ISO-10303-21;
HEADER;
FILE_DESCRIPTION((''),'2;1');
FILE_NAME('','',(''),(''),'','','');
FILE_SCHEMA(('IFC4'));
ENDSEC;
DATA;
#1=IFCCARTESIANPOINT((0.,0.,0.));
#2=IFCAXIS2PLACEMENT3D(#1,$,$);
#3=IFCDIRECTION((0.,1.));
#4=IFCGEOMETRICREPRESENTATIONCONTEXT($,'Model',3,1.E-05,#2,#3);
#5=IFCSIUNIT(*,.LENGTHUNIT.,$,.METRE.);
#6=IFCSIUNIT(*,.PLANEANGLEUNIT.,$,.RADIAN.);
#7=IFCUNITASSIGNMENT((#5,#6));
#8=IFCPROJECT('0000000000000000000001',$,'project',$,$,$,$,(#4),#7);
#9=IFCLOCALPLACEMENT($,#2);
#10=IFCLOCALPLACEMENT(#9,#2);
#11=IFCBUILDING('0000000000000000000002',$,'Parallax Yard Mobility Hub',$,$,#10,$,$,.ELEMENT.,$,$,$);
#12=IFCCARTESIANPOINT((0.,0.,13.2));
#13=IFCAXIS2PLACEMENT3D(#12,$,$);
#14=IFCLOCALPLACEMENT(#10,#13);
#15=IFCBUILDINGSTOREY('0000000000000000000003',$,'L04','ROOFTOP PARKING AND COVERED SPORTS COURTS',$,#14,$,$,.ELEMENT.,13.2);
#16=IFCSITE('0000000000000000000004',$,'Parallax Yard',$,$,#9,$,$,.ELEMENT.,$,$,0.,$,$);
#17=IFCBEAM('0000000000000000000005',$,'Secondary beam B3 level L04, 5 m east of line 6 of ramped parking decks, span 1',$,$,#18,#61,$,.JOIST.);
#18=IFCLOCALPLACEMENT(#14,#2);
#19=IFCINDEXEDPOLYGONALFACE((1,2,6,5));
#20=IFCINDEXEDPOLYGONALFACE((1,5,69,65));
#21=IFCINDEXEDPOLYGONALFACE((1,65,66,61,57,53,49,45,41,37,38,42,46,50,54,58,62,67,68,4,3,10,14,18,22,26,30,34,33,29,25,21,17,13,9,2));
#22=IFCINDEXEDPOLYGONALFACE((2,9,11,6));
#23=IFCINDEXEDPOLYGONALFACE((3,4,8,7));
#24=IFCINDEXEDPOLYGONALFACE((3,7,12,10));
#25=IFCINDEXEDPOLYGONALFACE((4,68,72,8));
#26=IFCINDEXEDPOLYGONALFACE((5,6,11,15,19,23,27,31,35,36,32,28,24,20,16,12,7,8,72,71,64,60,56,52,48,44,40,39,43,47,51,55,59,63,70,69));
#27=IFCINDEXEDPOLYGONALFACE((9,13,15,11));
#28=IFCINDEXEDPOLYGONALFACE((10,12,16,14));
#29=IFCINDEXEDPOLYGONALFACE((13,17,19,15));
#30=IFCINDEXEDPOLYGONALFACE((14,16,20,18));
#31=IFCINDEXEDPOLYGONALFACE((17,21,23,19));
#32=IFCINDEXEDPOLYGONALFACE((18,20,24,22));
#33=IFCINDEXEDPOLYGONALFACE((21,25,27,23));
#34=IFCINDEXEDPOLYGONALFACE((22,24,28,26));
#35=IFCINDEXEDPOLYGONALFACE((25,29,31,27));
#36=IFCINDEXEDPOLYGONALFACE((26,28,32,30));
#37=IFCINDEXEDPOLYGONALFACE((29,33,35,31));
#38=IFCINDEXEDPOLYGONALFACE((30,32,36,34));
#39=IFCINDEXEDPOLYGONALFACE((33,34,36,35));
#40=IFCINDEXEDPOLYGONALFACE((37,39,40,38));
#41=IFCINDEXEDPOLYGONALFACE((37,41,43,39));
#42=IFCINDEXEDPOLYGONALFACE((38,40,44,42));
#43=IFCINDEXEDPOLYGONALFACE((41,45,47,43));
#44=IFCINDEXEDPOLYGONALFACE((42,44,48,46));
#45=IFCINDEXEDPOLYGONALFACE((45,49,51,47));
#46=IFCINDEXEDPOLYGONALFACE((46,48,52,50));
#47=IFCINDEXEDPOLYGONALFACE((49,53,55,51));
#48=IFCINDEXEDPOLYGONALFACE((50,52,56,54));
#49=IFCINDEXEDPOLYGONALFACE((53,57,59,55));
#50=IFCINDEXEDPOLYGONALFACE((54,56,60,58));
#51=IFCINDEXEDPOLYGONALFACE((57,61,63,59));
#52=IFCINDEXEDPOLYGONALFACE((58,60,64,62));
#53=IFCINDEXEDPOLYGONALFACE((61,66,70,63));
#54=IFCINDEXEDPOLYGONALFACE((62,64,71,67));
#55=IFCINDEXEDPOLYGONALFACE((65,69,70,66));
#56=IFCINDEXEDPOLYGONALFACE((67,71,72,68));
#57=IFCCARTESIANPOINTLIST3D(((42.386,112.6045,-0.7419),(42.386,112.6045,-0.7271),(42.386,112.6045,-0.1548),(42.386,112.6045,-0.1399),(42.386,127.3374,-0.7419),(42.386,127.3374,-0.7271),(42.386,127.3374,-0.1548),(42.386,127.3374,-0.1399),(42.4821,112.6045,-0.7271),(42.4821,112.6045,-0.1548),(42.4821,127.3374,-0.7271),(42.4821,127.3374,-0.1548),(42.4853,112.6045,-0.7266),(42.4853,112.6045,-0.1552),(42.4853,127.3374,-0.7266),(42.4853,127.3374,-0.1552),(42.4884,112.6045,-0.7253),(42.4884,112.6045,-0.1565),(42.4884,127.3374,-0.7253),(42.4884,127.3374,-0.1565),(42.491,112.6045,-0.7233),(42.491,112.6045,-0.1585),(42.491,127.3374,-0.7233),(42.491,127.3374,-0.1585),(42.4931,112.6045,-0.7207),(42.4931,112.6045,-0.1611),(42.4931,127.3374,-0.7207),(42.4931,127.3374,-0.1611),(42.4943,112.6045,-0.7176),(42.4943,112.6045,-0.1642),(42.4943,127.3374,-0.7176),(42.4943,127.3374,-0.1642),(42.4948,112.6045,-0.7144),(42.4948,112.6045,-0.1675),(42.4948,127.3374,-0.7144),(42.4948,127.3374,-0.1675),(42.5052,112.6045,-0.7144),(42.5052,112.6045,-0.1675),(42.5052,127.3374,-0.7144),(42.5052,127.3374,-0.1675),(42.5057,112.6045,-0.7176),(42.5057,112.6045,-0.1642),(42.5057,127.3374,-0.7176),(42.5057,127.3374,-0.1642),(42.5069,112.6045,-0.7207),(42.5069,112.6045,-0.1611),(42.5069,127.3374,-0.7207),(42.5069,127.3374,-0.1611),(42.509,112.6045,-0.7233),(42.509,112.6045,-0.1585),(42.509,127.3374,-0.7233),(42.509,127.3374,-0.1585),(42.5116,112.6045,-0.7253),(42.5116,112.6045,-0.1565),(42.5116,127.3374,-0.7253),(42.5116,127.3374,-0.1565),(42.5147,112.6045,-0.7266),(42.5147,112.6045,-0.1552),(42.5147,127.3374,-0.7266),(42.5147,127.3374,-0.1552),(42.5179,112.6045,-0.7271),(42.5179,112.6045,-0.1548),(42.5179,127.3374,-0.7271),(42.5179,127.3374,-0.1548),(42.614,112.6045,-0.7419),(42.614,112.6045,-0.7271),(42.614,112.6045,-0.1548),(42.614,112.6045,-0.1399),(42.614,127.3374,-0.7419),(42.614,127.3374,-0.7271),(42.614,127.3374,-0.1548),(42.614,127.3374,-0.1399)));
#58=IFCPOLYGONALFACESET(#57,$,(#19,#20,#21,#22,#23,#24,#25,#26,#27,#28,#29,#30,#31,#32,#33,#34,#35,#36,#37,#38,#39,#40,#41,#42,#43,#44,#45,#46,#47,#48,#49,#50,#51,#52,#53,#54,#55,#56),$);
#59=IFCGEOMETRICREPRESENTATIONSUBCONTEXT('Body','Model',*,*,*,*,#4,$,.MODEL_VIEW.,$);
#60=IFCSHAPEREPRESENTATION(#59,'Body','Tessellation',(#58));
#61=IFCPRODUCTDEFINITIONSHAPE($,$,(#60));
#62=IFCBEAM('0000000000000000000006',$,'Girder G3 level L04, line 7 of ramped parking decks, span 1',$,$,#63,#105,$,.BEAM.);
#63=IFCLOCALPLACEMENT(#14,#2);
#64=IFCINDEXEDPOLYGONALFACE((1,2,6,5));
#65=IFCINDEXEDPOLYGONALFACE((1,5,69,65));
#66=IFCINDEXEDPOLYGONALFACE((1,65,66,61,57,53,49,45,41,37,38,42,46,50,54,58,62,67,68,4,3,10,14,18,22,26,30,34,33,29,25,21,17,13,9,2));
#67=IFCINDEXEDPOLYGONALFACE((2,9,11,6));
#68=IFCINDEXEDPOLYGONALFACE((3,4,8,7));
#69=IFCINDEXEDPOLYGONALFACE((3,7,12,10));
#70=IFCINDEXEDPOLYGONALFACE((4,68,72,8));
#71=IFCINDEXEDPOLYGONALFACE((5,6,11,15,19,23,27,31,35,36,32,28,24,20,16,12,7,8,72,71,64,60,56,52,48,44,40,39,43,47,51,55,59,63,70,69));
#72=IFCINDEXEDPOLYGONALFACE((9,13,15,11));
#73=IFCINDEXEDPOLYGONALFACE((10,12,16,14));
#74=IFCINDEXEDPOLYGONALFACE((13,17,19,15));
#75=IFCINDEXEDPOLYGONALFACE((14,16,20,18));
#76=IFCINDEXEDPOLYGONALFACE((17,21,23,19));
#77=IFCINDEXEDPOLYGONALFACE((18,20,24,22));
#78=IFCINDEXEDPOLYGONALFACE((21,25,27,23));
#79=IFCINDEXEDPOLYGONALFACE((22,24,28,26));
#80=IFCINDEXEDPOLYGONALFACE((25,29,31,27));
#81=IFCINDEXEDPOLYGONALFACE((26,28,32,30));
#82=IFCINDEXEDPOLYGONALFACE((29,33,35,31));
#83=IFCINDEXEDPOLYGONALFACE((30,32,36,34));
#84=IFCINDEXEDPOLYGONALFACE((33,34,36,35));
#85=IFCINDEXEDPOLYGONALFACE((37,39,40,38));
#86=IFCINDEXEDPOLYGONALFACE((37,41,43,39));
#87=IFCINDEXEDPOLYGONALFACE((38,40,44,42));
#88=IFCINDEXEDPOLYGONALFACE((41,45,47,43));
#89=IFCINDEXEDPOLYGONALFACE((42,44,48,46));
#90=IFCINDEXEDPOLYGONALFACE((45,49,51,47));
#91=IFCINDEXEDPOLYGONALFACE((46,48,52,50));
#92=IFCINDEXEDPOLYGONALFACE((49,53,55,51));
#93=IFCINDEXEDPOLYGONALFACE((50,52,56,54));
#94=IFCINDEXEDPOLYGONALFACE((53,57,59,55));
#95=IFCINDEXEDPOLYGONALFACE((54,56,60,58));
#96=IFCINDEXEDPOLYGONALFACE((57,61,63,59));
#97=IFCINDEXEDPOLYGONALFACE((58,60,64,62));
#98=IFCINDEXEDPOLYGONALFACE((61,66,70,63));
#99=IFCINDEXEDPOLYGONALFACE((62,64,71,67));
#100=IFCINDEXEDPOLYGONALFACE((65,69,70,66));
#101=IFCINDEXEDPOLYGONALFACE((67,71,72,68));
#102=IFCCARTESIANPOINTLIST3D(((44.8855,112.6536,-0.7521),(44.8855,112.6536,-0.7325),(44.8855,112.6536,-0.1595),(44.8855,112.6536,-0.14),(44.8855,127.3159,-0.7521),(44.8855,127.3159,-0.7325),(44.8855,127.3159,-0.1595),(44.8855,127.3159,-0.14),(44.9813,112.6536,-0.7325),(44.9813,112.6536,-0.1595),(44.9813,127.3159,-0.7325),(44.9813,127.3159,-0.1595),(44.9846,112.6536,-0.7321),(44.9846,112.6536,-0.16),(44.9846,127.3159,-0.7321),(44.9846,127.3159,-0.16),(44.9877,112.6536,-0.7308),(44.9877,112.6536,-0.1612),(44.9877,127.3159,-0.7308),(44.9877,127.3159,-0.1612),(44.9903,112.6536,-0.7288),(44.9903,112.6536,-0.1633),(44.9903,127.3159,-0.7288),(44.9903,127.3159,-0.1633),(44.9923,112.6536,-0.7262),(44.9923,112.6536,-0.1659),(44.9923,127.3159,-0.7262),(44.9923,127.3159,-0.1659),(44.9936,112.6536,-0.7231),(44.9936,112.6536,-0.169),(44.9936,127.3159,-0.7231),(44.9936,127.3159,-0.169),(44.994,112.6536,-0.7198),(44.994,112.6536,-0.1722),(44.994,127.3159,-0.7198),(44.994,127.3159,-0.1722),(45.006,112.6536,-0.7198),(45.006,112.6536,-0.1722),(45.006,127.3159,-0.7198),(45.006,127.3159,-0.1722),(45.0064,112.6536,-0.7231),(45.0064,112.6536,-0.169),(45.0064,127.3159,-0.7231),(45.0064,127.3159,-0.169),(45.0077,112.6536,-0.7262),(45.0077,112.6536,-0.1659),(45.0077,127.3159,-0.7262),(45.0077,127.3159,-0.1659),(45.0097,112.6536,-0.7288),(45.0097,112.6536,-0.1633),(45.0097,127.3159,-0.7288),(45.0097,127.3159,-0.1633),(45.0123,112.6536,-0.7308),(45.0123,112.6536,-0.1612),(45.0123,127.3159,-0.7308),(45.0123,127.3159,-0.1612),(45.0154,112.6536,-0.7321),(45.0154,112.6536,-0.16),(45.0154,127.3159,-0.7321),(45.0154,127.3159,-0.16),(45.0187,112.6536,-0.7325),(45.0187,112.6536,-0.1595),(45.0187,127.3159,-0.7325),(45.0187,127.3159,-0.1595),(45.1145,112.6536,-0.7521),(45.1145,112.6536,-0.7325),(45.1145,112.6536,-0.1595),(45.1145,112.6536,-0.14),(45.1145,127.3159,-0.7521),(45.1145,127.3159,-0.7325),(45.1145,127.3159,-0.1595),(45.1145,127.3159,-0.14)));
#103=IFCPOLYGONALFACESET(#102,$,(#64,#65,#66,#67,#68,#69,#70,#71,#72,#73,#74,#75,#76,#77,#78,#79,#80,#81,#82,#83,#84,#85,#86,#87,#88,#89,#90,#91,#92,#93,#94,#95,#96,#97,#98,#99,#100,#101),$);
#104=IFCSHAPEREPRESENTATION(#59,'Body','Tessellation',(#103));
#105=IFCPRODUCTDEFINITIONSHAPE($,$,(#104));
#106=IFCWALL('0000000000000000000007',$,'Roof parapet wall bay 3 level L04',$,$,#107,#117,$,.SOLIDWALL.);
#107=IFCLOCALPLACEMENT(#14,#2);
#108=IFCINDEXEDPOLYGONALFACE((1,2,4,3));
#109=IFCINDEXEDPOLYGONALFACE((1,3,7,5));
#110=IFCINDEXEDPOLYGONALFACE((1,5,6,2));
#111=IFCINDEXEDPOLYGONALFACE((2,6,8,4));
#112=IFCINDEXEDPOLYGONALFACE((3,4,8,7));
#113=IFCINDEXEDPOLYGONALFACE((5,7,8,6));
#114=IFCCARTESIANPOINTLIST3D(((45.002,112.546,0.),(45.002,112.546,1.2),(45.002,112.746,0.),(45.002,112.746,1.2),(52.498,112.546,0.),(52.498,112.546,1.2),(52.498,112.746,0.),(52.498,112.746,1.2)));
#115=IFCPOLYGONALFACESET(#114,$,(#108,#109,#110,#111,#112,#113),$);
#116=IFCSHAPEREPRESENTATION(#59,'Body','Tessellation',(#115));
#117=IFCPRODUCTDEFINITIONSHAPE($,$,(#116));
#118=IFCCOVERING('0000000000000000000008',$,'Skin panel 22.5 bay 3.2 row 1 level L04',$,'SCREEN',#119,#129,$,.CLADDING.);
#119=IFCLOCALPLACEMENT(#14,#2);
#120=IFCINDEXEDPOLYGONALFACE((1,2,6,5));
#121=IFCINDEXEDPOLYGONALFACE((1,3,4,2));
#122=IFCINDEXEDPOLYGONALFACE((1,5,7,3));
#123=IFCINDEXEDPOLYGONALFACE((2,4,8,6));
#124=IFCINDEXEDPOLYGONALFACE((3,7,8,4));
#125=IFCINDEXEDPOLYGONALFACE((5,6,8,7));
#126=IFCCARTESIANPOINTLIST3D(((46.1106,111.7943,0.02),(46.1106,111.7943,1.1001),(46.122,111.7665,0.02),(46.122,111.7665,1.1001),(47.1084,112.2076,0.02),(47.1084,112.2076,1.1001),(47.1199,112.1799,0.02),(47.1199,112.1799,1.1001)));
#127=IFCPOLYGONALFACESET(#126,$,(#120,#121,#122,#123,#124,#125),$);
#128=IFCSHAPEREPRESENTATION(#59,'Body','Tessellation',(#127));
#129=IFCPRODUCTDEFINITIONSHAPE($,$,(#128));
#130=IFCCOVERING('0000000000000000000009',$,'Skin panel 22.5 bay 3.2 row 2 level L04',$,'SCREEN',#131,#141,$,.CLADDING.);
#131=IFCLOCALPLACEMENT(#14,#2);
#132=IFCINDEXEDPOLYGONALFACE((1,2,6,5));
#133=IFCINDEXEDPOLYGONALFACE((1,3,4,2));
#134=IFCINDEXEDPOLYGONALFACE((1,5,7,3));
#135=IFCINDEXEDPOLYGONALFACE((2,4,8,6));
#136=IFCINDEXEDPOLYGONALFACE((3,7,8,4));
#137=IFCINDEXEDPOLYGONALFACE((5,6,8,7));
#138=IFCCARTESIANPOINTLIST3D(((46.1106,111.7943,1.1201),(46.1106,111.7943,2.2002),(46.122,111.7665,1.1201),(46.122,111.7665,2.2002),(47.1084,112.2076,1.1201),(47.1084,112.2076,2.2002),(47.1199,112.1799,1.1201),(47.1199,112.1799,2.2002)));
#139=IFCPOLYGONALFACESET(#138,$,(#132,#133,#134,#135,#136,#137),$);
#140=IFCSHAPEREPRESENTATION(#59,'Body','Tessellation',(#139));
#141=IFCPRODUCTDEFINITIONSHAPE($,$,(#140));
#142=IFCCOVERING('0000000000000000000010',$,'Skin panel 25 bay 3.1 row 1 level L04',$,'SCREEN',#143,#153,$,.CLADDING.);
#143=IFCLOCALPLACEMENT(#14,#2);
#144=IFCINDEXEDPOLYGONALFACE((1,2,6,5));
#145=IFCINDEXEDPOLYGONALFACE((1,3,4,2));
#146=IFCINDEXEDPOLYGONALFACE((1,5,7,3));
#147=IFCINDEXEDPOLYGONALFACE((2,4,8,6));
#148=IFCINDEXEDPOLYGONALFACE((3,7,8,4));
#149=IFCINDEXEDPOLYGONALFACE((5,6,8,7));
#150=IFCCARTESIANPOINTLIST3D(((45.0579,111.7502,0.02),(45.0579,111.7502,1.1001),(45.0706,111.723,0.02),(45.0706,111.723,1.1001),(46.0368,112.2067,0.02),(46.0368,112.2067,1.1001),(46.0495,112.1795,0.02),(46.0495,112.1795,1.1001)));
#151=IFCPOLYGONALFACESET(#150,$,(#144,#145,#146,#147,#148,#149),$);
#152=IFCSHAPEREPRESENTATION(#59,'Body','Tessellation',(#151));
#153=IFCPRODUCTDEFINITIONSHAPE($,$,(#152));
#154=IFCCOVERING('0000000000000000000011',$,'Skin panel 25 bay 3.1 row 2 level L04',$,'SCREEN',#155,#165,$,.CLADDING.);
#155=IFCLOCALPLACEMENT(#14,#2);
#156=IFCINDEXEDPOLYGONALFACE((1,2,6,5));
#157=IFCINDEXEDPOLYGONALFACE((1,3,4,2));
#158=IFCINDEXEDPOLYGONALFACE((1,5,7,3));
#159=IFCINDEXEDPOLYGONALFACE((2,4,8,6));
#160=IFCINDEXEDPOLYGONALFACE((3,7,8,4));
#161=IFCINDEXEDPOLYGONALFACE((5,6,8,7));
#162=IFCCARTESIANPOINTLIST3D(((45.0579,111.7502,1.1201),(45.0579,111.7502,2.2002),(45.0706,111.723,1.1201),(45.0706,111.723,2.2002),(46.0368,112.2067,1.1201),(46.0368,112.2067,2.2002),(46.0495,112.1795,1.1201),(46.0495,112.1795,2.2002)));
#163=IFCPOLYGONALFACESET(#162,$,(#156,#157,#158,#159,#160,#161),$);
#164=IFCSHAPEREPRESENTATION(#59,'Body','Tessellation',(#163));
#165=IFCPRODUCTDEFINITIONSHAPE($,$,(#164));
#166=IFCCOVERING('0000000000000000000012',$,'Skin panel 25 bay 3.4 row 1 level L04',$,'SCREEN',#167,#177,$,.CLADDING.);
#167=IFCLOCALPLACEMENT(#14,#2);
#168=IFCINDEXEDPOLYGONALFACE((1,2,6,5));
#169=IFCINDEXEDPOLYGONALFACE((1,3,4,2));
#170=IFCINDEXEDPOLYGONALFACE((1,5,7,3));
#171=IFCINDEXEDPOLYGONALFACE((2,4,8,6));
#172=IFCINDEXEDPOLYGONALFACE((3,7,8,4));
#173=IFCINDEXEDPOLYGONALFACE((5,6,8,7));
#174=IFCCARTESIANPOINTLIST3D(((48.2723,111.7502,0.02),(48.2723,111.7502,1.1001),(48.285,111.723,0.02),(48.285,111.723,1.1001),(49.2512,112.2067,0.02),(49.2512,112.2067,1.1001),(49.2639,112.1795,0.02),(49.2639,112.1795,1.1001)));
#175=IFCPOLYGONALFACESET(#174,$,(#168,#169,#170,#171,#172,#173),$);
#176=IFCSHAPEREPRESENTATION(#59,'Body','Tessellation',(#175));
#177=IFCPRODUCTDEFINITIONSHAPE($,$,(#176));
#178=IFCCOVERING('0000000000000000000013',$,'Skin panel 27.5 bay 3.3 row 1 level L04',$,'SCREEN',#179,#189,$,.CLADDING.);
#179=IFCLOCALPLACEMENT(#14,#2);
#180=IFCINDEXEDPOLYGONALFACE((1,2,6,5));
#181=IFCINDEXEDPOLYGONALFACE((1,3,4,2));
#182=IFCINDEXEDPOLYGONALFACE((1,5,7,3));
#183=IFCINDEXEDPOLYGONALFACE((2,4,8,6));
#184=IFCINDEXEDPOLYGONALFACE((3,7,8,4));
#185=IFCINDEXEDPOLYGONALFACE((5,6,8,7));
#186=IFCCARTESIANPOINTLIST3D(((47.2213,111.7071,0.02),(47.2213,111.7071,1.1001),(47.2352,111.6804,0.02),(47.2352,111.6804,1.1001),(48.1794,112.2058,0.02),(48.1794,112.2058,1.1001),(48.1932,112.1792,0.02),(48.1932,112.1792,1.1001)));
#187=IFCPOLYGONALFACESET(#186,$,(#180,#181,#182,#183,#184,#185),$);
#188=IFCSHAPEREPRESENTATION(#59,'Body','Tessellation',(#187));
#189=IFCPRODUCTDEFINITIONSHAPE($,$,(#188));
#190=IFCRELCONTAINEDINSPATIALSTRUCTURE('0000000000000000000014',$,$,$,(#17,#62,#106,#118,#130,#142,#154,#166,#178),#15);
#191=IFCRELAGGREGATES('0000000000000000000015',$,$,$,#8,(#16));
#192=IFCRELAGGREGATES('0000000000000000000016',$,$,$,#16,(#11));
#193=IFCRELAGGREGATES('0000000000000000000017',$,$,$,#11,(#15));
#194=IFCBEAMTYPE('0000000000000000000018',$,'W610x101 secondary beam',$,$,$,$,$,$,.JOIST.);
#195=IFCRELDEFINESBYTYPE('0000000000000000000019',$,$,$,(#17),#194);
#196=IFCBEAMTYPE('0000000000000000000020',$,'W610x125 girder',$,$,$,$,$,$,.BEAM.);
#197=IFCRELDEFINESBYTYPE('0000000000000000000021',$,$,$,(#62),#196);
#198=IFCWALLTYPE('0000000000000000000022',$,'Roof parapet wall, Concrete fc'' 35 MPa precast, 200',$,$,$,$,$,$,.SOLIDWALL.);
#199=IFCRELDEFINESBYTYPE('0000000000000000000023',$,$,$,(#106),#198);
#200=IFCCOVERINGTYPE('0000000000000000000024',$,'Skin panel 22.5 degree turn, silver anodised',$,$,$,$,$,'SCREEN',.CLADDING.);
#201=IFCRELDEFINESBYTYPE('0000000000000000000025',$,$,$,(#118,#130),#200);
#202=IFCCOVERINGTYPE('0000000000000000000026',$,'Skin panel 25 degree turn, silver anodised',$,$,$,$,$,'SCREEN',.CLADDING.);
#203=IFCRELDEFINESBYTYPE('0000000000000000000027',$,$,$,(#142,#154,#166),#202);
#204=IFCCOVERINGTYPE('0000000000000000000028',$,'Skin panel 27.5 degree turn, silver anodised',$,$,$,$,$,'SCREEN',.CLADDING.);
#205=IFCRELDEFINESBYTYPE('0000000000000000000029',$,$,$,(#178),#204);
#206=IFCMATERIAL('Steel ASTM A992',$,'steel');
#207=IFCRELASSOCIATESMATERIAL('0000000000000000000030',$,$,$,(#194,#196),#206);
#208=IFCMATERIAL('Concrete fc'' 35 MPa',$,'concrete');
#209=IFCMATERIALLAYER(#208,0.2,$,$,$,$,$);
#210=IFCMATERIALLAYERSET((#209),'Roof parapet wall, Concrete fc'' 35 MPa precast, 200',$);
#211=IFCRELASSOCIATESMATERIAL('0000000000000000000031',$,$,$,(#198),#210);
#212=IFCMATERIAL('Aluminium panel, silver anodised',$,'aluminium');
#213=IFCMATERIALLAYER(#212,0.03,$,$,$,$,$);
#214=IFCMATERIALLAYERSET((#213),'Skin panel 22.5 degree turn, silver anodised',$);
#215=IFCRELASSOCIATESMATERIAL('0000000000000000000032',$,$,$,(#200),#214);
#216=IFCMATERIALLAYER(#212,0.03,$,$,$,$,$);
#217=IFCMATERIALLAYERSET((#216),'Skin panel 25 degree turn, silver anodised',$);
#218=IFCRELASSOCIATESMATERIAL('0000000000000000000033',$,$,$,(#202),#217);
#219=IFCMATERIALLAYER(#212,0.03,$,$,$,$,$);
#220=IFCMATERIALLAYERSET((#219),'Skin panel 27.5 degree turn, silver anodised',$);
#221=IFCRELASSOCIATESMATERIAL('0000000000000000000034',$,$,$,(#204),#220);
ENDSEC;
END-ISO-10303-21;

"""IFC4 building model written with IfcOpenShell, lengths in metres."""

from ifc_helpers import new_model, si_unit, direction, frame, frame_2d, origin, origin_2d, place, context, subcontext, project, spatial, rectangle, i_section, extrude, material, layer, layer_set, material_profile, profile_set, type_object, element, save


model = new_model("IFC4")

# Units and contexts
model_context = context("Model", 3, precision=1e-05, world=origin(), true_north=direction((0.0, 1.0)))
body_context = subcontext(model_context, "Body", "Model", "MODEL_VIEW")
ifc_project = project(units=[si_unit("LENGTHUNIT", "METRE"), si_unit("PLANEANGLEUNIT", "RADIAN")], contexts=[model_context])

# Site, building, storey
site_placement = place(None, origin())
site = spatial("IfcSite", under=ifc_project, at=site_placement, Name="Parallax Yard", CompositionType="ELEMENT", RefElevation=0.0)
building_placement = place(site_placement, origin())
building = spatial("IfcBuilding", under=site, at=building_placement, Name="Parallax Yard Mobility Hub", CompositionType="ELEMENT")
storey_placement = place(building_placement, frame((0.0, 0.0, 13.2)))
storey = spatial("IfcBuildingStorey", under=building, at=storey_placement, Name="L04", Description="ROOFTOP PARKING AND COVERED SPORTS COURTS", CompositionType="ELEMENT", Elevation=13.2)

# Shared definitions
ifc_material_1 = material(Name="Steel ASTM A992", Category="steel")

# Beams
ifc_material_profile_1 = material_profile(ifc_material_1, i_section(OverallWidth=0.228, OverallDepth=0.6021, WebThickness=0.0105, FlangeThickness=0.0149, FilletRadius=0.0127, at=origin_2d()), Name="W610x101")
ifc_profile_set_1 = profile_set([ifc_material_profile_1], Name="Steel ASTM A992")
beam_type_1 = type_object("IfcBeamType", Name="W610x101 secondary beam", PredefinedType="JOIST", material=ifc_profile_set_1)
for number, where, z_axis, x_axis, name in (
    (1, (42.5, 112.6045, -0.4409), (0.0, 1.0, 0.0), (-1.0, 0.0, 0.0), "Secondary beam B3 level L04, 5 m east of line 6 of ramped parking decks, span 1"),
):
    element("IfcBeam", number, at=place(storey_placement, frame(where, z_axis=z_axis, x_axis=x_axis)), inside=storey, type_object=beam_type_1, Name=name, PredefinedType="JOIST", context=body_context, shape_type="SweptSolid", body=[
        extrude(i_section(OverallWidth=0.228, OverallDepth=0.6021, WebThickness=0.0105, FlangeThickness=0.0149, FilletRadius=0.0127, at=origin_2d()), origin(), (0.0, 0.0, 1.0), 14.7329),
    ])
ifc_material_profile_2 = material_profile(ifc_material_1, i_section(OverallWidth=0.229, OverallDepth=0.6121, WebThickness=0.012, FlangeThickness=0.0195, FilletRadius=0.0127, at=origin_2d()), Name="W610x125")
ifc_profile_set_2 = profile_set([ifc_material_profile_2], Name="Steel ASTM A992")
beam_type_2 = type_object("IfcBeamType", Name="W610x125 girder", PredefinedType="BEAM", material=ifc_profile_set_2)
beam_1_placement = place(storey_placement, frame((45.0, 112.6536, -0.446), z_axis=(0.0, 1.0, 0.0), x_axis=(-1.0, 0.0, 0.0)))
element("IfcBeam", 2, at=beam_1_placement, inside=storey, type_object=beam_type_2, Name="Girder G3 level L04, line 7 of ramped parking decks, span 1", PredefinedType="BEAM", context=body_context, shape_type="SweptSolid", body=[
    extrude(i_section(OverallWidth=0.229, OverallDepth=0.6121, WebThickness=0.012, FlangeThickness=0.0195, FilletRadius=0.0127, at=origin_2d()), origin(), (0.0, 0.0, 1.0), 14.6624),
])

# Wall
ifc_material_2 = material(Name="Concrete fc' 35 MPa", Category="concrete")
ifc_layer_1 = layer(ifc_material_2, 0.2)
ifc_layer_set_1 = layer_set([ifc_layer_1], Name="Roof parapet wall, Concrete fc' 35 MPa precast, 200")
wall_type = type_object("IfcWallType", Name="Roof parapet wall, Concrete fc' 35 MPa precast, 200", PredefinedType="SOLIDWALL", material=ifc_layer_set_1)
wall_placement = place(storey_placement, frame((45.002, 112.646, 0.0), z_axis=(0.0, 0.0, 1.0), x_axis=(1.0, 0.0, 0.0)))
element("IfcWall", 3, at=wall_placement, inside=storey, type_object=wall_type, Name="Roof parapet wall bay 3 level L04", PredefinedType="SOLIDWALL", context=body_context, shape_type="SweptSolid", body=[
    extrude(rectangle(XDim=7.4961, YDim=0.2, at=frame_2d((3.748, 0.0))), origin(), (0.0, 0.0, 1.0), 1.2),
])

# Coverings
ifc_material_3 = material(Name="Aluminium panel, silver anodised", Category="aluminium")
ifc_layer_2 = layer(ifc_material_3, 0.03)
ifc_layer_set_2 = layer_set([ifc_layer_2], Name="Skin panel 22.5 degree turn, silver anodised")
covering_type_1 = type_object("IfcCoveringType", Name="Skin panel 22.5 degree turn, silver anodised", ElementType="SCREEN", PredefinedType="CLADDING", material=ifc_layer_set_2)
for number, where, z_axis, x_axis, name in (
    (4, (46.6152, 111.9871, 0.02), (0.0, 0.0, 1.0), (-0.92388, -0.382683, 0.0), "Skin panel 22.5 bay 3.2 row 1 level L04"),
    (5, (46.6152, 111.9871, 1.1201), (0.0, 0.0, 1.0), (-0.92388, -0.382683, 0.0), "Skin panel 22.5 bay 3.2 row 2 level L04"),
):
    element("IfcCovering", number, at=place(storey_placement, frame(where, z_axis=z_axis, x_axis=x_axis)), inside=storey, type_object=covering_type_1, Name=name, ObjectType="SCREEN", PredefinedType="CLADDING", context=body_context, shape_type="SweptSolid", body=[
        extrude(rectangle(XDim=1.0801, YDim=0.03, at=origin_2d()), origin(), (0.0, 0.0, 1.0), 1.0801),
    ])
ifc_layer_3 = layer(ifc_material_3, 0.03)
ifc_layer_set_3 = layer_set([ifc_layer_3], Name="Skin panel 25 degree turn, silver anodised")
covering_type_2 = type_object("IfcCoveringType", Name="Skin panel 25 degree turn, silver anodised", ElementType="SCREEN", PredefinedType="CLADDING", material=ifc_layer_set_3)
for number, where, z_axis, x_axis, name in (
    (6, (45.5537, 111.9648, 0.02), (0.0, 0.0, 1.0), (-0.906308, -0.422618, 0.0), "Skin panel 25 bay 3.1 row 1 level L04"),
    (7, (45.5537, 111.9648, 1.1201), (0.0, 0.0, 1.0), (-0.906308, -0.422618, 0.0), "Skin panel 25 bay 3.1 row 2 level L04"),
    (8, (48.7681, 111.9648, 0.02), (0.0, 0.0, 1.0), (-0.906308, -0.422618, 0.0), "Skin panel 25 bay 3.4 row 1 level L04"),
):
    element("IfcCovering", number, at=place(storey_placement, frame(where, z_axis=z_axis, x_axis=x_axis)), inside=storey, type_object=covering_type_2, Name=name, ObjectType="SCREEN", PredefinedType="CLADDING", context=body_context, shape_type="SweptSolid", body=[
        extrude(rectangle(XDim=1.0801, YDim=0.03, at=origin_2d()), origin(), (0.0, 0.0, 1.0), 1.0801),
    ])
ifc_layer_4 = layer(ifc_material_3, 0.03)
ifc_layer_set_4 = layer_set([ifc_layer_4], Name="Skin panel 27.5 degree turn, silver anodised")
covering_type_3 = type_object("IfcCoveringType", Name="Skin panel 27.5 degree turn, silver anodised", ElementType="SCREEN", PredefinedType="CLADDING", material=ifc_layer_set_4)
for number, where, z_axis, x_axis, name in (
    (9, (47.7073, 111.9431, 0.02), (0.0, 0.0, 1.0), (-0.887011, -0.461749, 0.0), "Skin panel 27.5 bay 3.3 row 1 level L04"),
):
    element("IfcCovering", number, at=place(storey_placement, frame(where, z_axis=z_axis, x_axis=x_axis)), inside=storey, type_object=covering_type_3, Name=name, ObjectType="SCREEN", PredefinedType="CLADDING", context=body_context, shape_type="SweptSolid", body=[
        extrude(rectangle(XDim=1.0801, YDim=0.03, at=origin_2d()), origin(), (0.0, 0.0, 1.0), 1.0801),
    ])

save(model, "model.ifc")
